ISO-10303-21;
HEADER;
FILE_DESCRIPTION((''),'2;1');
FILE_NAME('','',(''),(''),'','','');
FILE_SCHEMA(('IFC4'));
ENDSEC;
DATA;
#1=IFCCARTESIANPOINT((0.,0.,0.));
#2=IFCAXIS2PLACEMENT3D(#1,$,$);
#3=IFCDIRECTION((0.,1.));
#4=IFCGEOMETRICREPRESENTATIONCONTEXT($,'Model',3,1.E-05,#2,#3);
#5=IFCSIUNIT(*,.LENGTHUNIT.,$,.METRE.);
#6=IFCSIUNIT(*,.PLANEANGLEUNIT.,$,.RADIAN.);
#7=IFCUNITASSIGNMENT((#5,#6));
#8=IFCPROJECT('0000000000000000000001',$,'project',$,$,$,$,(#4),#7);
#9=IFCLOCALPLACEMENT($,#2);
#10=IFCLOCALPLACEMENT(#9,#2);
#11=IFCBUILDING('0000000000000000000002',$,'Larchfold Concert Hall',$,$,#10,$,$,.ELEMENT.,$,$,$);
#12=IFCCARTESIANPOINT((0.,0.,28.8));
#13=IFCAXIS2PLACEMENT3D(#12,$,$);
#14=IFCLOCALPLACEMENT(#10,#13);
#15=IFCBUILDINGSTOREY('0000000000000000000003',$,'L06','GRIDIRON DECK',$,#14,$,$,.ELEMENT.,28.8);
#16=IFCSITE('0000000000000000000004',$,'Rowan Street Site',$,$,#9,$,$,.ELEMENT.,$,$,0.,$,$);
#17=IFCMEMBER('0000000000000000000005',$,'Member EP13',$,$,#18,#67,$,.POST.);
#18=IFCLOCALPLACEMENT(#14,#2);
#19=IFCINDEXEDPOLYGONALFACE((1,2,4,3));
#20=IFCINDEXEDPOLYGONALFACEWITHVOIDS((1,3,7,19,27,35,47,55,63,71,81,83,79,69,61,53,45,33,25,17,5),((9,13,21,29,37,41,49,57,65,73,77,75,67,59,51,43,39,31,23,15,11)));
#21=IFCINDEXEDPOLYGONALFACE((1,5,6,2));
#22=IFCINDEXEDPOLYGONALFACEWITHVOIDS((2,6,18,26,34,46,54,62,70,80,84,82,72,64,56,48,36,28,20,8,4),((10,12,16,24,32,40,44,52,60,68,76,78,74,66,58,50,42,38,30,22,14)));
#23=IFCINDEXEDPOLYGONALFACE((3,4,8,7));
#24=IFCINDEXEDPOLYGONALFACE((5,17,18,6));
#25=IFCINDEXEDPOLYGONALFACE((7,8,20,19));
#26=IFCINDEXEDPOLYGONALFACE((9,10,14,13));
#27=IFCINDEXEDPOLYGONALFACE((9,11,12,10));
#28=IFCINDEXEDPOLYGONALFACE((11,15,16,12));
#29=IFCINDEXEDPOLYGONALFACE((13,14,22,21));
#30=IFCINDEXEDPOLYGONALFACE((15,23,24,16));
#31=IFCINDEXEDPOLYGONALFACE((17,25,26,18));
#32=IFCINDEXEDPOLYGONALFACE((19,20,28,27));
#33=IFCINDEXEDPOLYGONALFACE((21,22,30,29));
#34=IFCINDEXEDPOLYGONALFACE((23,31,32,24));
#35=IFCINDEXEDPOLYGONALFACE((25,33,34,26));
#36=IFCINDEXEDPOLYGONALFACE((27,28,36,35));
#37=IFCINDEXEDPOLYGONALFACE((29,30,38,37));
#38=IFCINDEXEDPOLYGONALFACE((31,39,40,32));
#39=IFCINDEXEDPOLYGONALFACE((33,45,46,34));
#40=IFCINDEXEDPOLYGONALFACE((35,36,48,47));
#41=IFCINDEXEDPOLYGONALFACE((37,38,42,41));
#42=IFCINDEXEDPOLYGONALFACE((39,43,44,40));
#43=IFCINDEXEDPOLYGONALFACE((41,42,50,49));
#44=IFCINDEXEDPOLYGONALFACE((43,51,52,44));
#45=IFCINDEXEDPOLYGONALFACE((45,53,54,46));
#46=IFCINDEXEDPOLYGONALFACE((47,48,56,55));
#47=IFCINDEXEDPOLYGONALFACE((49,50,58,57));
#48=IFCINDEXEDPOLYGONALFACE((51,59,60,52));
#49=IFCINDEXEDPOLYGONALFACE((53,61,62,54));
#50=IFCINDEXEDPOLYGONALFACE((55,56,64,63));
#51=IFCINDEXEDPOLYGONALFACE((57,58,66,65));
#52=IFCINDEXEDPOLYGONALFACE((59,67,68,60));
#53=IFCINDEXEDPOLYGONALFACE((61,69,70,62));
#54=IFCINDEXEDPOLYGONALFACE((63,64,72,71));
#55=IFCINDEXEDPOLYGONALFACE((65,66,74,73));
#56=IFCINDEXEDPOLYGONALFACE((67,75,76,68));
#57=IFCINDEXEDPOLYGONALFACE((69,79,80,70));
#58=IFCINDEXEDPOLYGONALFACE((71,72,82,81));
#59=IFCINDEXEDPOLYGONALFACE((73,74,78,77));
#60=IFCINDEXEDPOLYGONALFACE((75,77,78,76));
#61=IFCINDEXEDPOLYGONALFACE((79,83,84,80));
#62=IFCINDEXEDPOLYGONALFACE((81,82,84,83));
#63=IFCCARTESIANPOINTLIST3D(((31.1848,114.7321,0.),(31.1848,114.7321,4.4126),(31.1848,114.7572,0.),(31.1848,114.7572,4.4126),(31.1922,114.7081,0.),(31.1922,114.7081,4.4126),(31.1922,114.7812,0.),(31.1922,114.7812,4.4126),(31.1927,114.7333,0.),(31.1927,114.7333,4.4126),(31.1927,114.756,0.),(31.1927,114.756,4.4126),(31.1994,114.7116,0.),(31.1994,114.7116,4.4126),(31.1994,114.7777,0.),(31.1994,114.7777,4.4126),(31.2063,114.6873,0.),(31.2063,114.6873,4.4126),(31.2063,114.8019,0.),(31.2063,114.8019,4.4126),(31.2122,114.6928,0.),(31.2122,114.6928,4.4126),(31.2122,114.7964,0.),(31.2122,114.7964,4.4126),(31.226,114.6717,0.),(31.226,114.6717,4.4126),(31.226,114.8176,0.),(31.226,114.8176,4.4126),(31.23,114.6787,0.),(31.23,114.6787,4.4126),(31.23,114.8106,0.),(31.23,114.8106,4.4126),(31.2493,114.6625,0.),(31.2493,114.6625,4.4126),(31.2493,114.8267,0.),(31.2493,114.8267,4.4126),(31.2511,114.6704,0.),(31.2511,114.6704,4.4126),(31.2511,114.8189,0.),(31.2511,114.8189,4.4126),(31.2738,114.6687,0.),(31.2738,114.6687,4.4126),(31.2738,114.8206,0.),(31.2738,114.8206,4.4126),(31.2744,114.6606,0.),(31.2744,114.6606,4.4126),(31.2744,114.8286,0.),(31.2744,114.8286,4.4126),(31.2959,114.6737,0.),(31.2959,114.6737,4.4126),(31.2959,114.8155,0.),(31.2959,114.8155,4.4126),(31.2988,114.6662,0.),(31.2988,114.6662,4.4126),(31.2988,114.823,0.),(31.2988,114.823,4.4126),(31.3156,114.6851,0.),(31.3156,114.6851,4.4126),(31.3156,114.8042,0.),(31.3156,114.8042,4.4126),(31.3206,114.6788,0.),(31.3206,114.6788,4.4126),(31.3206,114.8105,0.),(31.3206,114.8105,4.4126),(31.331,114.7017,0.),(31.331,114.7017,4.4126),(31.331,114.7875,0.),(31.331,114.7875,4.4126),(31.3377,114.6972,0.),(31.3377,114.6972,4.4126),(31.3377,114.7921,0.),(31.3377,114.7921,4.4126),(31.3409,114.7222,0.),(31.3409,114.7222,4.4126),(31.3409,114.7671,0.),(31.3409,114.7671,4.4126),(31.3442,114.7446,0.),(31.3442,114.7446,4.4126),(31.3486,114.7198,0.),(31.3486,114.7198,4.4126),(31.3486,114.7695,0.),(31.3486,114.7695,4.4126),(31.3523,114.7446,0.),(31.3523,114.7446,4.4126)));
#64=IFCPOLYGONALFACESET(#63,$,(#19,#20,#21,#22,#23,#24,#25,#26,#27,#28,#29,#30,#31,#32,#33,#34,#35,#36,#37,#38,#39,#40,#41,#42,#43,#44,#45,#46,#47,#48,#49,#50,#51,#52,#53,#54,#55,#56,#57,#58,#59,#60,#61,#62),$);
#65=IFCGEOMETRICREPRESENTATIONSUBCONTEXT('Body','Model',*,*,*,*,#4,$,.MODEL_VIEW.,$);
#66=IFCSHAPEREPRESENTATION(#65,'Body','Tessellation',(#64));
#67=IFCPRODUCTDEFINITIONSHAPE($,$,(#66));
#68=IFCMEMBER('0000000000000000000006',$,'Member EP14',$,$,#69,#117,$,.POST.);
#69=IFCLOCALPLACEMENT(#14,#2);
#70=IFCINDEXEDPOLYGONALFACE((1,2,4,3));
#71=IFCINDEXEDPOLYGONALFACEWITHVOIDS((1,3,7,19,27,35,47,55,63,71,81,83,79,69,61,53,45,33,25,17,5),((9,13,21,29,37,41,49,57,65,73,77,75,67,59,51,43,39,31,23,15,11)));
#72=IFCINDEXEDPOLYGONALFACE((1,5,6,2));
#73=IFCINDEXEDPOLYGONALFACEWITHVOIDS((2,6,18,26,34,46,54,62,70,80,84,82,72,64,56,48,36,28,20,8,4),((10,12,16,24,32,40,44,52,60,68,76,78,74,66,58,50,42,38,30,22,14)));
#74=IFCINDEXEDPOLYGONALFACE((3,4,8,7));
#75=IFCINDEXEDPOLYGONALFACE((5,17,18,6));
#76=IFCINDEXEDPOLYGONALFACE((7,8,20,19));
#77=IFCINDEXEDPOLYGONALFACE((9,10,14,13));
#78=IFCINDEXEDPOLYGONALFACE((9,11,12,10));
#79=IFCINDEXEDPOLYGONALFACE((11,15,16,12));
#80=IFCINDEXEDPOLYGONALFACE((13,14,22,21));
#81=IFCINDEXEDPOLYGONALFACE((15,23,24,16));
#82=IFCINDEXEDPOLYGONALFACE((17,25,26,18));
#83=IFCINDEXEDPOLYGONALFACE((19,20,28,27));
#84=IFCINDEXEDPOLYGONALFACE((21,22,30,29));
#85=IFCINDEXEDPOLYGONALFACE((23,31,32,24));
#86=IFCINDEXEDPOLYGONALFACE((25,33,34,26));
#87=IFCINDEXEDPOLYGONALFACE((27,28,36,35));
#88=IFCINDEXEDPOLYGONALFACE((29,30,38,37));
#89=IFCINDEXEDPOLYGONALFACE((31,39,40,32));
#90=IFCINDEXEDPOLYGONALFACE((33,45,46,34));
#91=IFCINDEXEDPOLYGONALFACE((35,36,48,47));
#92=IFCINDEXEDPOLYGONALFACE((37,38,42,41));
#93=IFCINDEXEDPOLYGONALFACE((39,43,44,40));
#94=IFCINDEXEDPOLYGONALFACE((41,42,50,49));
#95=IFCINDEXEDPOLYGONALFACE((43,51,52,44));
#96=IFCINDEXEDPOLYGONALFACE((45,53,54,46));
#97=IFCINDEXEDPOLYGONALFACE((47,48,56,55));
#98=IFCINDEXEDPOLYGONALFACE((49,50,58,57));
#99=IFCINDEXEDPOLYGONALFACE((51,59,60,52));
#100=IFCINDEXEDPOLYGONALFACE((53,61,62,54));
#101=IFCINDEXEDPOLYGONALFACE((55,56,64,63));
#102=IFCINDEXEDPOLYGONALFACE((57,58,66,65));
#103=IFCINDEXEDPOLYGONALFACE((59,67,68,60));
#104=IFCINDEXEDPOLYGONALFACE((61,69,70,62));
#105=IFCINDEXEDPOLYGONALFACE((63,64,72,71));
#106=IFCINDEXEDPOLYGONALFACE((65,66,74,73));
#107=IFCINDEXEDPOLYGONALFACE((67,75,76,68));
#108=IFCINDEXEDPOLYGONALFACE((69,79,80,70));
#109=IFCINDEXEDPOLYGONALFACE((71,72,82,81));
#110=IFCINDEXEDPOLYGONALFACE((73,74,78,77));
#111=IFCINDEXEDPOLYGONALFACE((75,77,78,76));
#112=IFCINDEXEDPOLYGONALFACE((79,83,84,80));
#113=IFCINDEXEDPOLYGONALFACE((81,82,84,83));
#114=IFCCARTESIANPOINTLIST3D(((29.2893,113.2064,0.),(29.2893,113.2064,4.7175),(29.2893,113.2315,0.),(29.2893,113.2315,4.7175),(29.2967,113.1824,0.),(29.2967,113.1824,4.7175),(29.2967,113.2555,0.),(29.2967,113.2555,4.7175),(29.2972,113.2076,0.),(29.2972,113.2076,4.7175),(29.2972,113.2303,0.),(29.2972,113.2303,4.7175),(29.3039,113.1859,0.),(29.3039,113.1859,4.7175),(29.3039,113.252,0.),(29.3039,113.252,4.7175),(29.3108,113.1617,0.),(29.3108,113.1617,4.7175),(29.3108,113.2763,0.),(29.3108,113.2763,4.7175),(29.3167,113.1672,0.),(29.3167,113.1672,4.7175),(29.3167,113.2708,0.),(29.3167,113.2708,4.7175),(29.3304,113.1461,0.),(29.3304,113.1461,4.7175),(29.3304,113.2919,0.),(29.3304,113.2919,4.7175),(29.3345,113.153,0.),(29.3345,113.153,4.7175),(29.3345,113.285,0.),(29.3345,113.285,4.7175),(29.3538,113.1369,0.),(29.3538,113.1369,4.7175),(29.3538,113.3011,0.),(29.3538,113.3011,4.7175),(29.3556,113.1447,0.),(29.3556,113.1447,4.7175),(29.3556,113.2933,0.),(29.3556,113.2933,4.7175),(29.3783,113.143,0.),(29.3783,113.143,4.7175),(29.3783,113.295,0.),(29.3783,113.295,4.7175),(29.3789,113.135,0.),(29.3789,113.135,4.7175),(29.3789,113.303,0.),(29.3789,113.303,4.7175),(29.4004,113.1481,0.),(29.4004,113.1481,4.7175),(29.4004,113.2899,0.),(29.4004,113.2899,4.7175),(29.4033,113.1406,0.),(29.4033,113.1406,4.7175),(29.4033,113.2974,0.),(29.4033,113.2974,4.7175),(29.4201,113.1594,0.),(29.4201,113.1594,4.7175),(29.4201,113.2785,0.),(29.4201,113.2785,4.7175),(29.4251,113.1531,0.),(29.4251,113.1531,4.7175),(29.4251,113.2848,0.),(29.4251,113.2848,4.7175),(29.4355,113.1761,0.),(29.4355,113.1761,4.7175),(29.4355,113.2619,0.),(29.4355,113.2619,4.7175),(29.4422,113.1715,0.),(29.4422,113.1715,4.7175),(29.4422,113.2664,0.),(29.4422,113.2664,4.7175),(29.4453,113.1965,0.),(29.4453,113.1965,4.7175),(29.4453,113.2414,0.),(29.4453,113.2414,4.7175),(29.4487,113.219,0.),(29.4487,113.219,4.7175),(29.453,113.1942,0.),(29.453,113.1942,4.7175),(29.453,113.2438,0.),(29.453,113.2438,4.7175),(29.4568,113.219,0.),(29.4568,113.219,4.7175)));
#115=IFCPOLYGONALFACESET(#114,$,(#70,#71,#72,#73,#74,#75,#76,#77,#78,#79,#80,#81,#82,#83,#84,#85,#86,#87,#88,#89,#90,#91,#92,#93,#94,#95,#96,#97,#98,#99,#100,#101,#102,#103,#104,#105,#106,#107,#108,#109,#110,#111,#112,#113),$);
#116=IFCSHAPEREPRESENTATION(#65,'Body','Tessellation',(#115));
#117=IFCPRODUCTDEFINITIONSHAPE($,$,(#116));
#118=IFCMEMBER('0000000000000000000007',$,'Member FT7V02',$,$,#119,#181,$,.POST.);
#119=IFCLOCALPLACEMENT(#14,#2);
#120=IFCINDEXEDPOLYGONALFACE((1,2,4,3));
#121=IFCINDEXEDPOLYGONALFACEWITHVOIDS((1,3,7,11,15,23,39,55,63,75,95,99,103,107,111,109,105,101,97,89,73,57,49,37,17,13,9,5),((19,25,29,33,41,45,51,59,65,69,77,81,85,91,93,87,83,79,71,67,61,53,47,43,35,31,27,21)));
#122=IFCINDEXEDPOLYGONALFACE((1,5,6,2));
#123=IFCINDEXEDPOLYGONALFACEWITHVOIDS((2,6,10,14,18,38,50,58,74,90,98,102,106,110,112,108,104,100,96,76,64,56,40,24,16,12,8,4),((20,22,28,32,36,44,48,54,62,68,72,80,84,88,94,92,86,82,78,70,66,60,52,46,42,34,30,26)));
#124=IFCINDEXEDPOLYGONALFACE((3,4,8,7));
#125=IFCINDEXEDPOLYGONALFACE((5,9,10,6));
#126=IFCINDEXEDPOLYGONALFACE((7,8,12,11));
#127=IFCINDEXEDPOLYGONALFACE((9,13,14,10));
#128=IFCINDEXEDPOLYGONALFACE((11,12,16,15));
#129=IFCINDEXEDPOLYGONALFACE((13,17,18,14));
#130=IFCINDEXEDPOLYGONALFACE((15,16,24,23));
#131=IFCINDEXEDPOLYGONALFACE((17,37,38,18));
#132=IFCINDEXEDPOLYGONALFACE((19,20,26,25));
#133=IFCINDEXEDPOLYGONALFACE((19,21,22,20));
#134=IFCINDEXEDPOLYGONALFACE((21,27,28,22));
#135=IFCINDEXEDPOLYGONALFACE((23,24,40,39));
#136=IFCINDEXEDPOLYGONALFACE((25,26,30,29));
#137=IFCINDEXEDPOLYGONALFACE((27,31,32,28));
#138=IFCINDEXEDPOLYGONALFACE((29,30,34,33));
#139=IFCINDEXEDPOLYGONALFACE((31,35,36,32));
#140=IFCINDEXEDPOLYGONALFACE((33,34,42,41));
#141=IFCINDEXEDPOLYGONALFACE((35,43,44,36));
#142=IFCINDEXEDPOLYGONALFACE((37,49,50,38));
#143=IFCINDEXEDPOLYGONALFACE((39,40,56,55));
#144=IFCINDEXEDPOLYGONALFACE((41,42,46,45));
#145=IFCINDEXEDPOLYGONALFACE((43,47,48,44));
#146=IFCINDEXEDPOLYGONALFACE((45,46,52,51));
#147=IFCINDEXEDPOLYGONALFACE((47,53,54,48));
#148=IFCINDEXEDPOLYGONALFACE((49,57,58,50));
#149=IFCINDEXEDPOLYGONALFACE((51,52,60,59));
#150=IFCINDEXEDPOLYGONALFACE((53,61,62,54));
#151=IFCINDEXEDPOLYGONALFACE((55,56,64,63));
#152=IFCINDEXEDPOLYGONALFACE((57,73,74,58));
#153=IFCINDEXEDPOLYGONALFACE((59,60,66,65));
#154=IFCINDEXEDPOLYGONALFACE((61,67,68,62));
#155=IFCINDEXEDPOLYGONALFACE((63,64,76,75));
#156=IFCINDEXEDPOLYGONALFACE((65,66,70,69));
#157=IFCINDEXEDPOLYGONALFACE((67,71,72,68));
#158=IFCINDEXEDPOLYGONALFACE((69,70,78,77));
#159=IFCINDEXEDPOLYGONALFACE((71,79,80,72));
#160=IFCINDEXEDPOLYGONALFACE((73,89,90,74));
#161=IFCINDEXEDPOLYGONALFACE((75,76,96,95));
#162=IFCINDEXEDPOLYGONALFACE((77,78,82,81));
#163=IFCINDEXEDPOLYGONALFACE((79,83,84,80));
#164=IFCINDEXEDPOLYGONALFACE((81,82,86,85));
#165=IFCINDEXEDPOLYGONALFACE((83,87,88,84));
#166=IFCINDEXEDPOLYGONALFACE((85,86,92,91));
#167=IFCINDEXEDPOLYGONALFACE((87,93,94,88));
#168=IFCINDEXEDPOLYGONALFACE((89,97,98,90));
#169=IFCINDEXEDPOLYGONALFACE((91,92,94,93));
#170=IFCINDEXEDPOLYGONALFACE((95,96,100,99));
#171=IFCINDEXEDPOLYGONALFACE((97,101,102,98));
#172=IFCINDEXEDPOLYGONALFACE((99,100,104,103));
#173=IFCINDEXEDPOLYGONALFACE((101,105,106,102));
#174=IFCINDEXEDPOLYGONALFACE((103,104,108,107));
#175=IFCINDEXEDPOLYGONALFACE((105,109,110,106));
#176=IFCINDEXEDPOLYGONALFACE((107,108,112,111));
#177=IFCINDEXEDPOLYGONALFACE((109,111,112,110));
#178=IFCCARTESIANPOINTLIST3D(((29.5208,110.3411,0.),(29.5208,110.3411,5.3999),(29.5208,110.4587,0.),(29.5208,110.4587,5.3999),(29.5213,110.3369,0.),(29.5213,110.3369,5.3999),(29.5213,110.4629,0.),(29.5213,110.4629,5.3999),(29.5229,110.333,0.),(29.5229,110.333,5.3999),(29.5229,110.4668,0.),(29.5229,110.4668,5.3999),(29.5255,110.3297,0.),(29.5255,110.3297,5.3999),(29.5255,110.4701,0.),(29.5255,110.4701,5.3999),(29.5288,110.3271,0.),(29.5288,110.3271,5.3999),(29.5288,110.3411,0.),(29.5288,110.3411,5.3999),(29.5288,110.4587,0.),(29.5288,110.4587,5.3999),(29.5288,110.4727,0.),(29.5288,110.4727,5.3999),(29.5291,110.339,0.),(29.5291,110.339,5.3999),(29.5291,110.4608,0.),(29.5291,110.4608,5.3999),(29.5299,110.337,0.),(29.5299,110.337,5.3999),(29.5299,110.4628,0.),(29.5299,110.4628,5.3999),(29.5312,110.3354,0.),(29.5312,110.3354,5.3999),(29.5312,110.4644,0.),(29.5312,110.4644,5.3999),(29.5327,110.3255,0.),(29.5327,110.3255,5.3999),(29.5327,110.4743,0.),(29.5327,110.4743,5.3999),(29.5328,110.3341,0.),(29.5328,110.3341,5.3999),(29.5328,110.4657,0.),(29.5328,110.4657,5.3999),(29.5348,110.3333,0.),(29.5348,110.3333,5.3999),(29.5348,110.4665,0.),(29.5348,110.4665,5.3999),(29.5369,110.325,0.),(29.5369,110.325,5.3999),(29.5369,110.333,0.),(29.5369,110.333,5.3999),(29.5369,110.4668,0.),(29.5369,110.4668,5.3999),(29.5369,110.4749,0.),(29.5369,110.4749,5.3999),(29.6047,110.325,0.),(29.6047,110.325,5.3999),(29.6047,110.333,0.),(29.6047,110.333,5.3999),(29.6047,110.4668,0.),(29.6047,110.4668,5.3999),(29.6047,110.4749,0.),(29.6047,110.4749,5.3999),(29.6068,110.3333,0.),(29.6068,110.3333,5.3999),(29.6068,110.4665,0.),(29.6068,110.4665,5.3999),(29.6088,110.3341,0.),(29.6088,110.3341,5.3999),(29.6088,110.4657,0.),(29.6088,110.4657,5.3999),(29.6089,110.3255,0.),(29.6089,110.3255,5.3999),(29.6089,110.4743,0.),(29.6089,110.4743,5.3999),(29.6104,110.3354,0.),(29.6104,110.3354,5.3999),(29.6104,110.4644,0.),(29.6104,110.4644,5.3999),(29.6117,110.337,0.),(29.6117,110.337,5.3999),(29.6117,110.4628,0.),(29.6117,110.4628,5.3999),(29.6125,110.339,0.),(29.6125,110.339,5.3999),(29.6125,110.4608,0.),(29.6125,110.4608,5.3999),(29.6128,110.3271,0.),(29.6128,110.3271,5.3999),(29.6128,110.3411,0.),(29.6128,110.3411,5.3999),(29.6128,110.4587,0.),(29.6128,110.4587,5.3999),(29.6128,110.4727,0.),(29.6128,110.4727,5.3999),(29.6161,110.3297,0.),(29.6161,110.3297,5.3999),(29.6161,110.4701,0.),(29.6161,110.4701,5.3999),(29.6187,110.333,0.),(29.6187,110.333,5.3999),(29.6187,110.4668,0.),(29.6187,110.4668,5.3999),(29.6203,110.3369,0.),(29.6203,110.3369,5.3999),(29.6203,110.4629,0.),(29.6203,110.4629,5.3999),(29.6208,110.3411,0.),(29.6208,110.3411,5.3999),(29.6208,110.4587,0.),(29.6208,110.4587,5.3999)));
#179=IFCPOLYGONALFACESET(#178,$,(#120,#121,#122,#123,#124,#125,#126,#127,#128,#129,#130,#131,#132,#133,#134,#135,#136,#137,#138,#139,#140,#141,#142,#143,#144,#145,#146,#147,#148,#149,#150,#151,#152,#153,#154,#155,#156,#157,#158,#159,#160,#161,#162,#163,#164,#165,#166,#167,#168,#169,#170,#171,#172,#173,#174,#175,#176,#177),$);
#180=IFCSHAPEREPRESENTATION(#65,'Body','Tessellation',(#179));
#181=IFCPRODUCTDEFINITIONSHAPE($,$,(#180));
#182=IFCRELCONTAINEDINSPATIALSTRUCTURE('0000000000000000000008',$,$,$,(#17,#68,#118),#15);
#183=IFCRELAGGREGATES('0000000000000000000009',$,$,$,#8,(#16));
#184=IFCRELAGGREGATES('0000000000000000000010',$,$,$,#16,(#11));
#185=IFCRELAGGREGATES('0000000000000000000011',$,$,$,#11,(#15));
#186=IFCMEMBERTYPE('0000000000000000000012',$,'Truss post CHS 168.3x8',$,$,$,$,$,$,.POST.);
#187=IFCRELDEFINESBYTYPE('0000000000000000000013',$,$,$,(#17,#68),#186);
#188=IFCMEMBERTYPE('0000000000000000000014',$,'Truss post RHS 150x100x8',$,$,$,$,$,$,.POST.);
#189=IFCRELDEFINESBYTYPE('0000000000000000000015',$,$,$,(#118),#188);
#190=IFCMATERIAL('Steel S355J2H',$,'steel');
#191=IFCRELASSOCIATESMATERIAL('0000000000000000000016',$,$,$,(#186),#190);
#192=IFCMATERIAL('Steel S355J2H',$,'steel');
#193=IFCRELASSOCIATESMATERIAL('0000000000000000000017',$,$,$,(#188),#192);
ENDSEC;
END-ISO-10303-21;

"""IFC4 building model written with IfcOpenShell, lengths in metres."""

from ifc_helpers import new_model, si_unit, direction, frame, origin, origin_2d, place, context, subcontext, project, spatial, hollow_rectangle, hollow_circle, extrude, material, material_profile, profile_set, type_object, element, save


model = new_model("IFC4")

# Units and contexts
model_context = context("Model", 3, precision=1e-05, world=origin(), true_north=direction((0.0, 1.0)))
body_context = subcontext(model_context, "Body", "Model", "MODEL_VIEW")
ifc_project = project(units=[si_unit("LENGTHUNIT", "METRE"), si_unit("PLANEANGLEUNIT", "RADIAN")], contexts=[model_context])

# Site, building, storey
site_placement = place(None, origin())
site = spatial("IfcSite", under=ifc_project, at=site_placement, Name="Rowan Street Site", CompositionType="ELEMENT", RefElevation=0.0)
building_placement = place(site_placement, origin())
building = spatial("IfcBuilding", under=site, at=building_placement, Name="Larchfold Concert Hall", CompositionType="ELEMENT")
storey_placement = place(building_placement, frame((0.0, 0.0, 28.8)))
storey = spatial("IfcBuildingStorey", under=building, at=storey_placement, Name="L06", Description="GRIDIRON DECK", CompositionType="ELEMENT", Elevation=28.8)

# Members
ifc_material_1 = material(Name="Steel S355J2H", Category="steel")
ifc_material_profile_1 = material_profile(ifc_material_1, hollow_circle(Radius=0.0842, WallThickness=0.0081, at=origin_2d()))
ifc_profile_set_1 = profile_set([ifc_material_profile_1], Name="Steel S355J2H")
member_type_1 = type_object("IfcMemberType", Name="Truss post CHS 168.3x8", PredefinedType="POST", material=ifc_profile_set_1)
member_1_placement = place(storey_placement, frame((31.2681, 114.7446, 0.0), z_axis=(0.0, 0.0, 1.0), x_axis=(1.0, 0.0, 0.0)))
element("IfcMember", 1, at=member_1_placement, inside=storey, type_object=member_type_1, Name="Member EP13", PredefinedType="POST", context=body_context, shape_type="SweptSolid", body=[
    extrude(hollow_circle(Radius=0.0842, WallThickness=0.0081, at=origin_2d()), origin(), (0.0, 0.0, 1.0), 4.4126),
])
member_2_placement = place(storey_placement, frame((29.3726, 113.219, 0.0), z_axis=(0.0, 0.0, 1.0), x_axis=(1.0, 0.0, 0.0)))
element("IfcMember", 2, at=member_2_placement, inside=storey, type_object=member_type_1, Name="Member EP14", PredefinedType="POST", context=body_context, shape_type="SweptSolid", body=[
    extrude(hollow_circle(Radius=0.0842, WallThickness=0.0081, at=origin_2d()), origin(), (0.0, 0.0, 1.0), 4.7175),
])
ifc_material_2 = material(Name="Steel S355J2H", Category="steel")
ifc_material_profile_2 = material_profile(ifc_material_2, hollow_rectangle(XDim=0.1001, YDim=0.1499, WallThickness=0.0081, InnerFilletRadius=0.0081, OuterFilletRadius=0.0161, at=origin_2d()))
ifc_profile_set_2 = profile_set([ifc_material_profile_2], Name="Steel S355J2H")
member_type_2 = type_object("IfcMemberType", Name="Truss post RHS 150x100x8", PredefinedType="POST", material=ifc_profile_set_2)
for number, where, z_axis, x_axis, name in (
    (3, (29.5708, 110.3999, 5.3999), (0.0, 0.0, -1.0), (1.0, 0.0, 0.0), "Member FT7V02"),
):
    element("IfcMember", number, at=place(storey_placement, frame(where, z_axis=z_axis, x_axis=x_axis)), inside=storey, type_object=member_type_2, Name=name, PredefinedType="POST", context=body_context, shape_type="SweptSolid", body=[
        extrude(hollow_rectangle(XDim=0.1001, YDim=0.1499, WallThickness=0.0081, InnerFilletRadius=0.0081, OuterFilletRadius=0.0161, at=origin_2d()), origin(), (0.0, 0.0, 1.0), 5.3999),
    ])

save(model, "model.ifc")
